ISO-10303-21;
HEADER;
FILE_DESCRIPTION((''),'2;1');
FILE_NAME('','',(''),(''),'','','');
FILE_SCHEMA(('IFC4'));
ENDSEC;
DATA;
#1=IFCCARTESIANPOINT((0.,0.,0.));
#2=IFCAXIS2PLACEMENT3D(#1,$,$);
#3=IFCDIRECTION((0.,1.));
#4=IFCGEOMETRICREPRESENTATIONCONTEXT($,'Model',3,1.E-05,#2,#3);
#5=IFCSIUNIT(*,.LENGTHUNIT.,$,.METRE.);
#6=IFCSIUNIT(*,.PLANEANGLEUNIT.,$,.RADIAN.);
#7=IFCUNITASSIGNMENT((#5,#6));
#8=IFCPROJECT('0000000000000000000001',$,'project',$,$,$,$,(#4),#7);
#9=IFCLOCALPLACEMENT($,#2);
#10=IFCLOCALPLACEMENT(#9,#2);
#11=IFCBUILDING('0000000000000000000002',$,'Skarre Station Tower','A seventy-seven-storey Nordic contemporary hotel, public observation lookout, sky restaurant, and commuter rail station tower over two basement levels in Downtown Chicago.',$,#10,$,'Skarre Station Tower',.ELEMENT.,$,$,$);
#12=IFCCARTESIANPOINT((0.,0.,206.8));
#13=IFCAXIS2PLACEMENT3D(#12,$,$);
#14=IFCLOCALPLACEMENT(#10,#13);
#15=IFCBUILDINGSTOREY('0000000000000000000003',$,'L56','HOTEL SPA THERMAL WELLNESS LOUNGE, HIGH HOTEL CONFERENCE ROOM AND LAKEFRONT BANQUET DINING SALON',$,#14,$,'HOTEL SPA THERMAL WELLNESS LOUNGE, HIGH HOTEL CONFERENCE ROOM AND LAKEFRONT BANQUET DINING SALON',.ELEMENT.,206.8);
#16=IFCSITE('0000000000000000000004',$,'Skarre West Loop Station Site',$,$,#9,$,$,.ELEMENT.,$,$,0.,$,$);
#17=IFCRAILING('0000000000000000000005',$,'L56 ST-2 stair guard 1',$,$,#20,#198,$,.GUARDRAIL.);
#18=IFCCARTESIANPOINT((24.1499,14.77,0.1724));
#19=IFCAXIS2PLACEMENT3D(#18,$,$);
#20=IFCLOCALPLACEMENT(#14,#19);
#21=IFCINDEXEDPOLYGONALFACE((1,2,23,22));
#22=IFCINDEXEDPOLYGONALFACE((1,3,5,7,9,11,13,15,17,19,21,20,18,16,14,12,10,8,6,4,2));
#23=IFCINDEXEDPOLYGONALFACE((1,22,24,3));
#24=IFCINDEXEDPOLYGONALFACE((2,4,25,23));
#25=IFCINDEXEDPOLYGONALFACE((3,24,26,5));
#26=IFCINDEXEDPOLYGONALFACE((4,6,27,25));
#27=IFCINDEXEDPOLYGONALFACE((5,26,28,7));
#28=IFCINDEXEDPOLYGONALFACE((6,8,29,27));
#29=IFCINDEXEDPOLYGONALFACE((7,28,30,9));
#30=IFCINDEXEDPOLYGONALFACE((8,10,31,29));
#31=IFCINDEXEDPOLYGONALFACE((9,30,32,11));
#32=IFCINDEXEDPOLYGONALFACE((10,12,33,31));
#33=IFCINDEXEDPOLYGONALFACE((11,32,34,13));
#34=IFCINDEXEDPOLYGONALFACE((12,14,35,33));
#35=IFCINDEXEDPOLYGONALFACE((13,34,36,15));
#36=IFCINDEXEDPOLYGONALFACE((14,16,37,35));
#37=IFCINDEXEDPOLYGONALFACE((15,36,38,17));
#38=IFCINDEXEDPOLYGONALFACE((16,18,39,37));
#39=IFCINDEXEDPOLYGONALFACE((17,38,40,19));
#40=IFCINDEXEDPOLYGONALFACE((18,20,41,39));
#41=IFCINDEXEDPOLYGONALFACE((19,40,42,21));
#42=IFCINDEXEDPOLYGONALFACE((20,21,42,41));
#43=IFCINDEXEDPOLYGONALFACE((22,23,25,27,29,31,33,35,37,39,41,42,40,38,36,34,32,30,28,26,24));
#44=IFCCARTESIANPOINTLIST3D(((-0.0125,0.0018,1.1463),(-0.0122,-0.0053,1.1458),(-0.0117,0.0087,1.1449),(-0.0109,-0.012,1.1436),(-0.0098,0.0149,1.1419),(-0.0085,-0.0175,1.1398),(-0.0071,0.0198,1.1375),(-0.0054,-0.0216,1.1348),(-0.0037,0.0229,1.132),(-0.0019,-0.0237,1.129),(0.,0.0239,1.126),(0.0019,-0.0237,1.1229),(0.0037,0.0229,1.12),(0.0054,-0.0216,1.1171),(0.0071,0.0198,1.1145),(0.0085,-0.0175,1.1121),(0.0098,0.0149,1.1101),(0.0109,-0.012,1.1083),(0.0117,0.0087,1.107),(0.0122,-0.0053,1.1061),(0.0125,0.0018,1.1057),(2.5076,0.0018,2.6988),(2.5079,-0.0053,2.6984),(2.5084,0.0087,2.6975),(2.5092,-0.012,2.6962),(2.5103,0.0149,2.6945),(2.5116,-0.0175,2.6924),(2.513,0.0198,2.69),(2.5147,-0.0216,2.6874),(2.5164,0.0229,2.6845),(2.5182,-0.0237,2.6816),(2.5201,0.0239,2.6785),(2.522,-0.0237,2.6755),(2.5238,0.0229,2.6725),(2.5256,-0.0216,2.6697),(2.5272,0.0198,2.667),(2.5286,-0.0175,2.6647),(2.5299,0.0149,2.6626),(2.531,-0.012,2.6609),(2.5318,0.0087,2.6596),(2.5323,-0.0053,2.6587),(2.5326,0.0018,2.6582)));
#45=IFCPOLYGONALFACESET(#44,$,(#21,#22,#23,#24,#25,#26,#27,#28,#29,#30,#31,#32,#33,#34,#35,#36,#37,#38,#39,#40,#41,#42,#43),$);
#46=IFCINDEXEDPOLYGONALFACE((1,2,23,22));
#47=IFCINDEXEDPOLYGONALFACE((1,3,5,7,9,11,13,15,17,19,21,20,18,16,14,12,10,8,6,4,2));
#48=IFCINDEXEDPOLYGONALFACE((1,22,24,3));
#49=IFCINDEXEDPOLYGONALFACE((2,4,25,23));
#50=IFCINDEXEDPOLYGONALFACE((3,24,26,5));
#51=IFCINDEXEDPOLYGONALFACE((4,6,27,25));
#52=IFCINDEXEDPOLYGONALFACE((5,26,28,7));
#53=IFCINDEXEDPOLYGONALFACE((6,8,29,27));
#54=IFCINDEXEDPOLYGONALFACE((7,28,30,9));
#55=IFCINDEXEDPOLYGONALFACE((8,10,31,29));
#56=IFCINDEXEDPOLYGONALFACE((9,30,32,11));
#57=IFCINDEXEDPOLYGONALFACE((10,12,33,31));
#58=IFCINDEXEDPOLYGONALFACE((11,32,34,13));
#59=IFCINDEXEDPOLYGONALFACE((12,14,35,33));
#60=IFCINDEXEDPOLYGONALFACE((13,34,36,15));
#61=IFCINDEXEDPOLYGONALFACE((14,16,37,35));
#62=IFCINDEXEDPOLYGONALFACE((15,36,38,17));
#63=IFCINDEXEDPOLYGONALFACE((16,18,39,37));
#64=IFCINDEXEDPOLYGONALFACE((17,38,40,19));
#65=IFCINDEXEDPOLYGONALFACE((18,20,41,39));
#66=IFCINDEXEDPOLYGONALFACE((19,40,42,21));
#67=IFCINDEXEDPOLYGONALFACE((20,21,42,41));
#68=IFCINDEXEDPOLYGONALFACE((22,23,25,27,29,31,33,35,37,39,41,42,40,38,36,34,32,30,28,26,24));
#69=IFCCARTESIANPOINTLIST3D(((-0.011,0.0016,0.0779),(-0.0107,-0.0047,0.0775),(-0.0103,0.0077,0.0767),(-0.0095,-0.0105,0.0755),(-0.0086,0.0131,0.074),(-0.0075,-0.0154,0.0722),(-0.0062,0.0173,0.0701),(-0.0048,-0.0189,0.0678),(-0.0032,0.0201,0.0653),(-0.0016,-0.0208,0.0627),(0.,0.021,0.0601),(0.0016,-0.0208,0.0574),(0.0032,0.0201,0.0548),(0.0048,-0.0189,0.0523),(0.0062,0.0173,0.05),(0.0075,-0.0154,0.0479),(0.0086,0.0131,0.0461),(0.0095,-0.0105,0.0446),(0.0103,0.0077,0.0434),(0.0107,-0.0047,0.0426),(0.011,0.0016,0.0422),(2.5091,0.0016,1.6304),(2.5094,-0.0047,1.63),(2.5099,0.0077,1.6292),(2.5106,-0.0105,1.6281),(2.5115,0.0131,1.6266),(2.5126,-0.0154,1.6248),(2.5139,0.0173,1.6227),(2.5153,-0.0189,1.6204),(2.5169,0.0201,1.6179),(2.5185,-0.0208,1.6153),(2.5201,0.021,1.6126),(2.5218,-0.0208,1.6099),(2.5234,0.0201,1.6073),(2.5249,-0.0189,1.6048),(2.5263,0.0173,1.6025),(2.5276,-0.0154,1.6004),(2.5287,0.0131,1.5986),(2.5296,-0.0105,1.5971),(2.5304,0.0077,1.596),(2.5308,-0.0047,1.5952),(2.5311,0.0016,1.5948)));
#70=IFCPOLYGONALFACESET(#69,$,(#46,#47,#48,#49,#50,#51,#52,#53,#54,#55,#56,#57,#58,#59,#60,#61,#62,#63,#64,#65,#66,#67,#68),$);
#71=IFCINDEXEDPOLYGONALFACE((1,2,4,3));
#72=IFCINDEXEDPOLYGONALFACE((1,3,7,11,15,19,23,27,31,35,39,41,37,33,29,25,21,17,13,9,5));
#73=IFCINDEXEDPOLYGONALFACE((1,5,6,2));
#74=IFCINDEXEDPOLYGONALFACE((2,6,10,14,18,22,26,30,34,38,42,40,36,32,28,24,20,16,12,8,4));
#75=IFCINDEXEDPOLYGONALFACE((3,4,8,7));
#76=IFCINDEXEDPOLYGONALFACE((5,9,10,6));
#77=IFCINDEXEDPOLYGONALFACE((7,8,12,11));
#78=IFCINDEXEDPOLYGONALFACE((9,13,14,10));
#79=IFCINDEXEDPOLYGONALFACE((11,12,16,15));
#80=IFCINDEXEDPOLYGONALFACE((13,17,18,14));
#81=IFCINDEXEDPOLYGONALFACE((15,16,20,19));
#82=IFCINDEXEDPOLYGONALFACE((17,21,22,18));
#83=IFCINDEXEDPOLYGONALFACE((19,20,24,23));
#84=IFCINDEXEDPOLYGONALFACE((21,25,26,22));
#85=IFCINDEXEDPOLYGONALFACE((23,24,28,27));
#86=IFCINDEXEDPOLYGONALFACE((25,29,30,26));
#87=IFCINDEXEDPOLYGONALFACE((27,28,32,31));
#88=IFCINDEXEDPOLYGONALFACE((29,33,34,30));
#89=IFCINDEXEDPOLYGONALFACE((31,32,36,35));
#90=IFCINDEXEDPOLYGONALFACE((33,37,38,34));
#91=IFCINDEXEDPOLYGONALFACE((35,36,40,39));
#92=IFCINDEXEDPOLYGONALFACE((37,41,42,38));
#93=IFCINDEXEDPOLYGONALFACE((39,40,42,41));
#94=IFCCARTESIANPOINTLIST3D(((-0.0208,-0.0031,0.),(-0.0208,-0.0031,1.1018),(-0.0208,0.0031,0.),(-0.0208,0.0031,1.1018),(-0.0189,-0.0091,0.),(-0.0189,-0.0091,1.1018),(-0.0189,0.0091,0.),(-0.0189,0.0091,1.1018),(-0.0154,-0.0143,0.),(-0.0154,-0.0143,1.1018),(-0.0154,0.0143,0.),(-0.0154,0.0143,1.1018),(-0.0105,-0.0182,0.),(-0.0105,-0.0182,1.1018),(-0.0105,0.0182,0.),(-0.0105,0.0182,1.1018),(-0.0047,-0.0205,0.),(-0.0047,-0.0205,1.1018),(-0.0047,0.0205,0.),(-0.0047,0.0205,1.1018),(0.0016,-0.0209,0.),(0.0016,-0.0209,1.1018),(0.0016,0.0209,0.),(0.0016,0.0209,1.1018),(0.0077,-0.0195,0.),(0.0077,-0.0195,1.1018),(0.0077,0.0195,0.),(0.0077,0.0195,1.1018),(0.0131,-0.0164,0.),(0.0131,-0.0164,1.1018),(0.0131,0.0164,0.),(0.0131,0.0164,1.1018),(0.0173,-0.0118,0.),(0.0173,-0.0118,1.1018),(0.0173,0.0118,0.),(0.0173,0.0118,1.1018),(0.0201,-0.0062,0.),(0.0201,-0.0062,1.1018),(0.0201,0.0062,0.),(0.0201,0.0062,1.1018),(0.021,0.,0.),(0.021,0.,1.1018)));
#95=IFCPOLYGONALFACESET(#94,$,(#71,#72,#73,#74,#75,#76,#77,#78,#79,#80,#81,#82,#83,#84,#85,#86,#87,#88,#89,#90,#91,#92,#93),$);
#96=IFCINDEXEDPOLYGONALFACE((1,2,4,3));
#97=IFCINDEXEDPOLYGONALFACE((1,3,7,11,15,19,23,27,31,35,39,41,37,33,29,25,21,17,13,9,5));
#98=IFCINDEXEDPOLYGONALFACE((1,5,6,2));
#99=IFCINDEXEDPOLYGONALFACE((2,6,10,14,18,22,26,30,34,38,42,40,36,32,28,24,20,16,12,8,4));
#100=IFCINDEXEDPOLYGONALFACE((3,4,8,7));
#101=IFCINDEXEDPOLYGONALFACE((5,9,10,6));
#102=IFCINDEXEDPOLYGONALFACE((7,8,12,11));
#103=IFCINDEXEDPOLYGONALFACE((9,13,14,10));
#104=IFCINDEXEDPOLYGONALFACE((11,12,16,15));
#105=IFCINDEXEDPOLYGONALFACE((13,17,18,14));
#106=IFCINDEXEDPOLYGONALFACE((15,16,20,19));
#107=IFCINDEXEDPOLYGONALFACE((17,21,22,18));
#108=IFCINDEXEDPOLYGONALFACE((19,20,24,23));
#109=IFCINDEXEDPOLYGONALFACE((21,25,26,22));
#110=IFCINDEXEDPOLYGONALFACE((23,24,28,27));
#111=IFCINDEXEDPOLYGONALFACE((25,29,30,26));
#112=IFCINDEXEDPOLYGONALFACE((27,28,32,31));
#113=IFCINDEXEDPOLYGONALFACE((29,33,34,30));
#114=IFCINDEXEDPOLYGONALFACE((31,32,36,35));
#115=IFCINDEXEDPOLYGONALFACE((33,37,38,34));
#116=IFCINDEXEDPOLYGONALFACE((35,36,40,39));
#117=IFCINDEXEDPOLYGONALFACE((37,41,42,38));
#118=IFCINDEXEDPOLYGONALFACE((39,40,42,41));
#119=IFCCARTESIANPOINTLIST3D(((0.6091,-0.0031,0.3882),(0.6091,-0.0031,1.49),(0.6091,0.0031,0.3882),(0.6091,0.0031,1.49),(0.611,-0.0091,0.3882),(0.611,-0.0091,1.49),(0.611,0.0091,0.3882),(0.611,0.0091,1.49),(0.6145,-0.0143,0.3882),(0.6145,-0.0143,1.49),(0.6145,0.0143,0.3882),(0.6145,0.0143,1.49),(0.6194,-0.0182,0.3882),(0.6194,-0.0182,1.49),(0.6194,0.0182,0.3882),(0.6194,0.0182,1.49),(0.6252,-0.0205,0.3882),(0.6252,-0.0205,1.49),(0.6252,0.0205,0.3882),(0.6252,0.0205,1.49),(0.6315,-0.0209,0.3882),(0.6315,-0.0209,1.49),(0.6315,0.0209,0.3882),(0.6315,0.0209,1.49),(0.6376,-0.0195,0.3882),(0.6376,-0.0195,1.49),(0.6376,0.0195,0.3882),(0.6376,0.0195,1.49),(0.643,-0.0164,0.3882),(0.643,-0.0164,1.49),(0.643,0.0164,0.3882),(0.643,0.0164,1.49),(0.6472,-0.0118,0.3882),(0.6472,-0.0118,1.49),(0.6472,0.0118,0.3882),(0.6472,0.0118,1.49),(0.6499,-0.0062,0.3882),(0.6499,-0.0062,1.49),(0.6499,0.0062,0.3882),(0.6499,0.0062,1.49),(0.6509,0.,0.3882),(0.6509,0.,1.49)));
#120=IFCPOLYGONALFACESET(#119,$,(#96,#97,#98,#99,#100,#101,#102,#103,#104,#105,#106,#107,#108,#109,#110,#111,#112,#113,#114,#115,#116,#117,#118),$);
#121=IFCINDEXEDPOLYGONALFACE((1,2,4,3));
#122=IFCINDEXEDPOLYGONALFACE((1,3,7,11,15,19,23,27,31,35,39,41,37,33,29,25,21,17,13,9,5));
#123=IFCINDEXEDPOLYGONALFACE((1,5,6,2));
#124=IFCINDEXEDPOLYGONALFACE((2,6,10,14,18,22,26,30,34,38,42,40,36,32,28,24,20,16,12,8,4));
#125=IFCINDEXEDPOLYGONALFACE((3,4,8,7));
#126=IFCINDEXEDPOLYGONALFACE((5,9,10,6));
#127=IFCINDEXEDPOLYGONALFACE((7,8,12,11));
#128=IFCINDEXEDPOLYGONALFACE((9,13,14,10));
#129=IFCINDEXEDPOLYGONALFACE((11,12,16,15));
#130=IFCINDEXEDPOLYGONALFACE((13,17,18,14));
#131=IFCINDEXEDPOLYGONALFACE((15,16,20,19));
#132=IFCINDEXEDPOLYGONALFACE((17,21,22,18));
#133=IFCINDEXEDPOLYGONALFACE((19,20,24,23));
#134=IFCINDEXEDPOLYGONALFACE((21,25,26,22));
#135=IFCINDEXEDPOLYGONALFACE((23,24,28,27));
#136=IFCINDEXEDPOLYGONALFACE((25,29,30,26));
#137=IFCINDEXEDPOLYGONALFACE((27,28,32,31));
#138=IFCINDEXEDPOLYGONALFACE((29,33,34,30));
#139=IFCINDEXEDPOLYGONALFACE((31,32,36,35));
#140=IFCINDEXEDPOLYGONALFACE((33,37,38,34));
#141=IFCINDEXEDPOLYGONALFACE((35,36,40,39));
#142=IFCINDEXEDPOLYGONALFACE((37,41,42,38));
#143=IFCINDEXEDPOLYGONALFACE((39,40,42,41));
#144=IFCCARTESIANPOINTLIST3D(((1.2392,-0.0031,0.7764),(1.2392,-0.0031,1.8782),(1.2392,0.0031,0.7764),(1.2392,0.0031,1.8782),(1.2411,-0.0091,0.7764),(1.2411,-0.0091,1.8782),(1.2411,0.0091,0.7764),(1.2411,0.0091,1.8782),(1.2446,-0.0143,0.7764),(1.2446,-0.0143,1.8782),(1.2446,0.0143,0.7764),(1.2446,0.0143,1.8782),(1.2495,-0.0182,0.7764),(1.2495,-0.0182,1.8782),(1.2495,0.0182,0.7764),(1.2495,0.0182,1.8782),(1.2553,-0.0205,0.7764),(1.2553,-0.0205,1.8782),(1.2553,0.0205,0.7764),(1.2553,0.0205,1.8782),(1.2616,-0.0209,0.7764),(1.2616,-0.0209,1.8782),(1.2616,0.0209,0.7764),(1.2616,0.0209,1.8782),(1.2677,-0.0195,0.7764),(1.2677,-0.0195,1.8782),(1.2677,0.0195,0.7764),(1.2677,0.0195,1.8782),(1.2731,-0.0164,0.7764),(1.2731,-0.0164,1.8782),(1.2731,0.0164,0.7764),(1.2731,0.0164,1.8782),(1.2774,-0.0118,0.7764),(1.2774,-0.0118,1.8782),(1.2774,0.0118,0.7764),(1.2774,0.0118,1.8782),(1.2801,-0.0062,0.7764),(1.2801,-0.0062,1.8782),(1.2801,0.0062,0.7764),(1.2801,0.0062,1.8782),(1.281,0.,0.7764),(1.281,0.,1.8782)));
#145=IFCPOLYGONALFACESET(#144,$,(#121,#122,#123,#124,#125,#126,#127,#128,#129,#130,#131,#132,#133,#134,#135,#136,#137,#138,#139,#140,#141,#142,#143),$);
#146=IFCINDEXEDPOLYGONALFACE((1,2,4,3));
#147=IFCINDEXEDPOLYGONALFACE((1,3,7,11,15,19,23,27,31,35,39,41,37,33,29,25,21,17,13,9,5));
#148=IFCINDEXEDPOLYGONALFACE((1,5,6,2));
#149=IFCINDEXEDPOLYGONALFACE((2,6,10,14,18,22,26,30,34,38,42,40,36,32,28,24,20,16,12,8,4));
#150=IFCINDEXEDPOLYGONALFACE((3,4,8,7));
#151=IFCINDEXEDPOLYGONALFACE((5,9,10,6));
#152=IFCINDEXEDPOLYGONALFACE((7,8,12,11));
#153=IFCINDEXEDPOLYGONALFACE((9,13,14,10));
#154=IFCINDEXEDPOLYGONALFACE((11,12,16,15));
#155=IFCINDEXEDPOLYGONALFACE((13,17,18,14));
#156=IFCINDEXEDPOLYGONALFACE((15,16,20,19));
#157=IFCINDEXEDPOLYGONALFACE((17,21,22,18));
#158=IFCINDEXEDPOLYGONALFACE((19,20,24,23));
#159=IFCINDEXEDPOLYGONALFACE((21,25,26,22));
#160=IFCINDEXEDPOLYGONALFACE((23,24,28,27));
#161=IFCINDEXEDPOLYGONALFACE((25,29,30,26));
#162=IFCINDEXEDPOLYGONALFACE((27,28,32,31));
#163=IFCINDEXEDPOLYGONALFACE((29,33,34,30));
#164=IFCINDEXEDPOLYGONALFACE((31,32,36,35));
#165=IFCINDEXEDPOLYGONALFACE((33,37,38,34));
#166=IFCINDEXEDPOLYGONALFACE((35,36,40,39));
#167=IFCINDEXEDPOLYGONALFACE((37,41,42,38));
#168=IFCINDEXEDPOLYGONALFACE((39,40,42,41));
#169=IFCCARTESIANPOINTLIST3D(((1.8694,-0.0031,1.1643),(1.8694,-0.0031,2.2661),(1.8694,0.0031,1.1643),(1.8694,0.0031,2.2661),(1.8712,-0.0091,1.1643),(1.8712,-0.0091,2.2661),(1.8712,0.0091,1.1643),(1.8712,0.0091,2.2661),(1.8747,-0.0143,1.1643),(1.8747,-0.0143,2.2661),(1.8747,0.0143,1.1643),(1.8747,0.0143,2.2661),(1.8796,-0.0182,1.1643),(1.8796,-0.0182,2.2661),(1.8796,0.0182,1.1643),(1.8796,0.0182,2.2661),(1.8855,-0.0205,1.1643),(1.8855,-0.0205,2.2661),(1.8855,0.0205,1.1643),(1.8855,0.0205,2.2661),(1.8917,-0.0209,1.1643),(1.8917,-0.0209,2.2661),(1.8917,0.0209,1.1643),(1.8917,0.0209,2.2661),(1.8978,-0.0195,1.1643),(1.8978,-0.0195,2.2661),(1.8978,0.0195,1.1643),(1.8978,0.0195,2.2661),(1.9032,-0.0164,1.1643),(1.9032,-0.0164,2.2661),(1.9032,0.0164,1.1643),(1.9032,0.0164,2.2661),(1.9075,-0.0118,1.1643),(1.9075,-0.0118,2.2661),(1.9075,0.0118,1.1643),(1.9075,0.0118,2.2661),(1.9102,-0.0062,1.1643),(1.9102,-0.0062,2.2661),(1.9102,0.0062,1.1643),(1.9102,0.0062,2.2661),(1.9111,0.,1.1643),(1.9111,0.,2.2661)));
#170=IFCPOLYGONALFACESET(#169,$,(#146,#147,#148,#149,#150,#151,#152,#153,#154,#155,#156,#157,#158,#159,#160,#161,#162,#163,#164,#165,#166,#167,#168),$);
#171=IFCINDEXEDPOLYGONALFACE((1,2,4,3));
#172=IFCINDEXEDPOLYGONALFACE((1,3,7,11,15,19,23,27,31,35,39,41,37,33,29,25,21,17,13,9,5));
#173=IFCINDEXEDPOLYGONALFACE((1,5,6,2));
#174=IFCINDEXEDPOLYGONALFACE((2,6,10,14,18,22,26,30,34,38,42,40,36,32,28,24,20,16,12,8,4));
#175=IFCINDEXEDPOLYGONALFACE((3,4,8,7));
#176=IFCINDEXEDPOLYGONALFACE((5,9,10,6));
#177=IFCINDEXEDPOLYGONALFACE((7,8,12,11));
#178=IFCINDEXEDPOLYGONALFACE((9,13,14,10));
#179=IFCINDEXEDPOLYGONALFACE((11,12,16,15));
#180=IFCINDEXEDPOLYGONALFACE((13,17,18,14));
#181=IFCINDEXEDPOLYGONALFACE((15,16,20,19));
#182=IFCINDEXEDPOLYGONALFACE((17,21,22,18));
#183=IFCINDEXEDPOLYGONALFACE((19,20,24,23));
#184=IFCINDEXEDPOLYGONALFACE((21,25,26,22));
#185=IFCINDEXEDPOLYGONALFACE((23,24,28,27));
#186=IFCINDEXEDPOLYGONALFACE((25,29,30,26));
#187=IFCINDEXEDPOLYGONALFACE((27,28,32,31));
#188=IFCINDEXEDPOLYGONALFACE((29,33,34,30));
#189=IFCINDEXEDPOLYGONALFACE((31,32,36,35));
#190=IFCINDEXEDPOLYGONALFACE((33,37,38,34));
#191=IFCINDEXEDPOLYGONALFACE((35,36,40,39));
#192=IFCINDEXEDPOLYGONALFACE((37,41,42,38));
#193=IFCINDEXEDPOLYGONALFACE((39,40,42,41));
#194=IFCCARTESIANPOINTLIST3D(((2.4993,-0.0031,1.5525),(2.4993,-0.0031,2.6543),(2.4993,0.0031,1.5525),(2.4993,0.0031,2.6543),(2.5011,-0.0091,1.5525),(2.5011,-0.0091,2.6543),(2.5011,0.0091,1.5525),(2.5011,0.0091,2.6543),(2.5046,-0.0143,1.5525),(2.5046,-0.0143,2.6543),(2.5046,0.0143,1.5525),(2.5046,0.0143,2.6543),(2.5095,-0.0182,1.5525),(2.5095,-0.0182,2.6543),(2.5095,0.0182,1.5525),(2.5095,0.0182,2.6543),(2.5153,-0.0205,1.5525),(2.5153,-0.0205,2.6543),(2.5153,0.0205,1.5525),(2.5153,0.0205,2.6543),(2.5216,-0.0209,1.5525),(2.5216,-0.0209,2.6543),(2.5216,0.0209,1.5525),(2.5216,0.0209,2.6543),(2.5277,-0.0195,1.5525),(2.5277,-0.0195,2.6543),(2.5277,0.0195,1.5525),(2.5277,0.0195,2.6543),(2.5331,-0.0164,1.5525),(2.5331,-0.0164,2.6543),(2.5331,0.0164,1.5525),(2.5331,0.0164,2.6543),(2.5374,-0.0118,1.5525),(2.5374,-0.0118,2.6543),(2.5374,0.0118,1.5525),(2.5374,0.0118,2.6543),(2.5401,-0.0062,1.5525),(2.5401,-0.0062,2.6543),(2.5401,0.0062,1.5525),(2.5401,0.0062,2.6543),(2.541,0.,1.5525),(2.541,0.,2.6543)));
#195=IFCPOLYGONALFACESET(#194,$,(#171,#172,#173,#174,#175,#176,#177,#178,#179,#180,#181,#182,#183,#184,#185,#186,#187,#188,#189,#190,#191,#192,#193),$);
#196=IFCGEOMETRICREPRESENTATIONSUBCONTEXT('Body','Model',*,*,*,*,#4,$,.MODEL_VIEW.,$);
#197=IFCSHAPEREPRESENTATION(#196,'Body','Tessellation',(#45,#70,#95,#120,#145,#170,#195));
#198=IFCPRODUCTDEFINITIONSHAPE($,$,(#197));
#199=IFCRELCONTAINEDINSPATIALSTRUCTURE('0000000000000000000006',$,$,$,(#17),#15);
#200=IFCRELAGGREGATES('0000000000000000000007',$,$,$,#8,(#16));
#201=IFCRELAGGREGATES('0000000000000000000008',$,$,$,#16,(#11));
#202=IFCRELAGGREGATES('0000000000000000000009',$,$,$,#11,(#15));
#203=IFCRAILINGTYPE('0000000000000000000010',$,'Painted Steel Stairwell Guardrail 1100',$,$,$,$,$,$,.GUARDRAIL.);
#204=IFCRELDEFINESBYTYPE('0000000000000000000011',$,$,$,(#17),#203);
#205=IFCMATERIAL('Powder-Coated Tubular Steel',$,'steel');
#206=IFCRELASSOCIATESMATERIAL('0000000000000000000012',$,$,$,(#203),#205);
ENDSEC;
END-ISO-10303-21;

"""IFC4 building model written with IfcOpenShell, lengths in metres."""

from ifc_helpers import new_model, si_unit, direction, frame, origin, origin_2d, place, context, subcontext, project, spatial, circle, extrude, material, type_object, element, save


model = new_model("IFC4")

# Units and contexts
model_context = context("Model", 3, precision=1e-05, world=origin(), true_north=direction((0.0, 1.0)))
body_context = subcontext(model_context, "Body", "Model", "MODEL_VIEW")
ifc_project = project(units=[si_unit("LENGTHUNIT", "METRE"), si_unit("PLANEANGLEUNIT", "RADIAN")], contexts=[model_context])

# Site, building, storey
site_placement = place(None, origin())
site = spatial("IfcSite", under=ifc_project, at=site_placement, Name="Skarre West Loop Station Site", CompositionType="ELEMENT", RefElevation=0.0)
building_placement = place(site_placement, origin())
building = spatial("IfcBuilding", under=site, at=building_placement, Name="Skarre Station Tower", Description="A seventy-seven-storey Nordic contemporary hotel, public observation lookout, sky restaurant, and commuter rail station tower over two basement levels in Downtown Chicago.", LongName="Skarre Station Tower", CompositionType="ELEMENT")
storey_placement = place(building_placement, frame((0.0, 0.0, 206.8)))
storey = spatial("IfcBuildingStorey", under=building, at=storey_placement, Name="L56", Description="HOTEL SPA THERMAL WELLNESS LOUNGE, HIGH HOTEL CONFERENCE ROOM AND LAKEFRONT BANQUET DINING SALON", LongName="HOTEL SPA THERMAL WELLNESS LOUNGE, HIGH HOTEL CONFERENCE ROOM AND LAKEFRONT BANQUET DINING SALON", CompositionType="ELEMENT", Elevation=206.8)

# Railing
ifc_material_1 = material(Name="Powder-Coated Tubular Steel", Category="steel")
railing_type_1 = type_object("IfcRailingType", Name="Painted Steel Stairwell Guardrail 1100", PredefinedType="GUARDRAIL", material=ifc_material_1)
railing_1_placement = place(storey_placement, frame((24.1499, 14.77, 0.1724)))
element("IfcRailing", 1, at=railing_1_placement, inside=storey, type_object=railing_type_1, Name="L56 ST-2 stair guard 1", PredefinedType="GUARDRAIL", context=body_context, shape_type="SweptSolid", body=[
    extrude(circle(Radius=0.0239, at=origin_2d()), frame((0.0, 0.0, 1.126), z_axis=(0.8514, 0.0, 0.524516), x_axis=(0.0, 1.0, 0.0)), (0.0, 0.0, 1.0), 2.96),
    extrude(circle(Radius=0.021, at=origin_2d()), frame((0.0, 0.0, 0.0601), z_axis=(0.8514, 0.0, 0.524516), x_axis=(0.0, 1.0, 0.0)), (0.0, 0.0, 1.0), 2.96),
    extrude(circle(Radius=0.021, at=origin_2d()), origin(), (0.0, 0.0, 1.0), 1.1018),
    extrude(circle(Radius=0.021, at=origin_2d()), frame((0.6299, 0.0, 0.3882)), (0.0, 0.0, 1.0), 1.1018),
    extrude(circle(Radius=0.021, at=origin_2d()), frame((1.26, 0.0, 0.7764)), (0.0, 0.0, 1.0), 1.1018),
    extrude(circle(Radius=0.021, at=origin_2d()), frame((1.8901, 0.0, 1.1643)), (0.0, 0.0, 1.0), 1.1018),
    extrude(circle(Radius=0.021, at=origin_2d()), frame((2.52, 0.0, 1.5525)), (0.0, 0.0, 1.0), 1.1018),
])

save(model, "model.ifc")
